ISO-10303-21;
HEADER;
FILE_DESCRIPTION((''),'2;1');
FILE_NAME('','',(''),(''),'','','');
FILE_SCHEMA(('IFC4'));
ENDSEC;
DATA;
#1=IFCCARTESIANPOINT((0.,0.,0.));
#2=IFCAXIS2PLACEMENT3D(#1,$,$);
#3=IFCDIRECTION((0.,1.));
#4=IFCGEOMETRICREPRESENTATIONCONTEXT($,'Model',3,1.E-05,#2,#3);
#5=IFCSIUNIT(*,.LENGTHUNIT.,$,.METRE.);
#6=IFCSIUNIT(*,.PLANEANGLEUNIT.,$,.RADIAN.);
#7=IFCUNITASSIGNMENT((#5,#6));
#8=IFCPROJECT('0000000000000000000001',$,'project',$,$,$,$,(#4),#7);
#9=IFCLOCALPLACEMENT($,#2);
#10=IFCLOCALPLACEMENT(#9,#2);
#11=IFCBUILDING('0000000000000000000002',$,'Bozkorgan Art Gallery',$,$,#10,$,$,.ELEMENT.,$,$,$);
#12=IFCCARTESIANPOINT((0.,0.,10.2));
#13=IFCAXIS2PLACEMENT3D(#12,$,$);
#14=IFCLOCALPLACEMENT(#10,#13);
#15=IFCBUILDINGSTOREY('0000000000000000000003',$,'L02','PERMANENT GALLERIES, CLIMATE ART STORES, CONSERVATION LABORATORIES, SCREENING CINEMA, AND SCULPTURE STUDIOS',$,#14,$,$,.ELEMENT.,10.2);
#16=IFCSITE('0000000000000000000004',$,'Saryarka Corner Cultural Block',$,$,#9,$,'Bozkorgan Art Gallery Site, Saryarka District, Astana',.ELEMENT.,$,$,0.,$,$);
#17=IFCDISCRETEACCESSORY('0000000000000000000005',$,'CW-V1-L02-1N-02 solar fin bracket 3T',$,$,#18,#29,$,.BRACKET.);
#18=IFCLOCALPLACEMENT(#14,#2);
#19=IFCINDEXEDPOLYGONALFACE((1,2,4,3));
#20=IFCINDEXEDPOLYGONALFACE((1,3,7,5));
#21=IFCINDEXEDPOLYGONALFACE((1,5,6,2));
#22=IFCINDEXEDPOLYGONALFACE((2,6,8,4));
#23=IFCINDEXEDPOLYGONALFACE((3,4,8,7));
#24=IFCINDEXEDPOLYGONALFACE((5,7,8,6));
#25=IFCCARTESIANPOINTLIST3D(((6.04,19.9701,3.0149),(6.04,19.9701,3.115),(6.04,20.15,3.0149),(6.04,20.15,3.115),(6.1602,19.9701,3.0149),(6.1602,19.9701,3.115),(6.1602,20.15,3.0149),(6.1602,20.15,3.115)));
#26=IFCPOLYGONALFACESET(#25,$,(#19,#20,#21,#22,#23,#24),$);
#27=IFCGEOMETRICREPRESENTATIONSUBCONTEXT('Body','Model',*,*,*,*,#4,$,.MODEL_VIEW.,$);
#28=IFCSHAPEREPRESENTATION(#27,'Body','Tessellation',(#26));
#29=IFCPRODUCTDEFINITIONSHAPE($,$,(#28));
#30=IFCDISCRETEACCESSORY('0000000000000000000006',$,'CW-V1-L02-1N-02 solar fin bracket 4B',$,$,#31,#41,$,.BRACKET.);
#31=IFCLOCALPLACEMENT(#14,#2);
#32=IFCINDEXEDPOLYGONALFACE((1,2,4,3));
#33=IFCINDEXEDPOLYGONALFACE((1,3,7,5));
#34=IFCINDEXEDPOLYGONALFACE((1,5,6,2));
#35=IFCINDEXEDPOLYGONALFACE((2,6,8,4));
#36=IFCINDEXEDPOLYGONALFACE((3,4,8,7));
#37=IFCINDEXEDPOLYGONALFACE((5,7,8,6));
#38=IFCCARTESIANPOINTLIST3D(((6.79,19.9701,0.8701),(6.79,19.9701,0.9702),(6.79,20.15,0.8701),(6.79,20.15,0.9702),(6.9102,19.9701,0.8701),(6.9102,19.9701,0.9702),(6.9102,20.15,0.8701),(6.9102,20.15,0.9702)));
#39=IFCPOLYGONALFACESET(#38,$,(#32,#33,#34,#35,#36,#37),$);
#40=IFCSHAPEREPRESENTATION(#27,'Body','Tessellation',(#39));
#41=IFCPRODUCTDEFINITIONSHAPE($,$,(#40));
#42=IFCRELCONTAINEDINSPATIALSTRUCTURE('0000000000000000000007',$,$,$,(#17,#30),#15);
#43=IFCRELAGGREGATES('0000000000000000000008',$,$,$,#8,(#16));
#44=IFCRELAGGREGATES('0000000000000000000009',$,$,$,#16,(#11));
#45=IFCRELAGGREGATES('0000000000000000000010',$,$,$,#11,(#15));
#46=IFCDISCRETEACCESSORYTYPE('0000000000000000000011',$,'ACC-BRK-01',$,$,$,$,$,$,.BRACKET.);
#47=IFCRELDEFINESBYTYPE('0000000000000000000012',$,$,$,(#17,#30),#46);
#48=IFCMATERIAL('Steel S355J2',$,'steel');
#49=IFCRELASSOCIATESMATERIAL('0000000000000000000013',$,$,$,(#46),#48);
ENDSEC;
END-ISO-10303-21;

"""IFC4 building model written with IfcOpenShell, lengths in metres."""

from ifc_helpers import new_model, si_unit, direction, frame, origin, origin_2d, place, context, subcontext, project, spatial, rectangle, extrude, material, type_object, element, save


model = new_model("IFC4")

# Units and contexts
model_context = context("Model", 3, precision=1e-05, world=origin(), true_north=direction((0.0, 1.0)))
body_context = subcontext(model_context, "Body", "Model", "MODEL_VIEW")
ifc_project = project(units=[si_unit("LENGTHUNIT", "METRE"), si_unit("PLANEANGLEUNIT", "RADIAN")], contexts=[model_context])

# Site, building, storey
site_placement = place(None, origin())
site = spatial("IfcSite", under=ifc_project, at=site_placement, Name="Saryarka Corner Cultural Block", LongName="Bozkorgan Art Gallery Site, Saryarka District, Astana", CompositionType="ELEMENT", RefElevation=0.0)
building_placement = place(site_placement, origin())
building = spatial("IfcBuilding", under=site, at=building_placement, Name="Bozkorgan Art Gallery", CompositionType="ELEMENT")
storey_placement = place(building_placement, frame((0.0, 0.0, 10.2)))
storey = spatial("IfcBuildingStorey", under=building, at=storey_placement, Name="L02", Description="PERMANENT GALLERIES, CLIMATE ART STORES, CONSERVATION LABORATORIES, SCREENING CINEMA, AND SCULPTURE STUDIOS", CompositionType="ELEMENT", Elevation=10.2)

# Shared definitions
ifc_material_1 = material(Name="Steel S355J2", Category="steel")

# Discrete accessories
discrete_accessory_type = type_object("IfcDiscreteAccessoryType", Name="ACC-BRK-01", PredefinedType="BRACKET", material=ifc_material_1)
for number, where, z_axis, x_axis, name in (
    (1, (6.1001, 20.0601, 3.0149), (0.0, 0.0, 1.0), (0.0, 1.0, 0.0), "CW-V1-L02-1N-02 solar fin bracket 3T"),
    (2, (6.8501, 20.0601, 0.8701), (0.0, 0.0, 1.0), (0.0, 1.0, 0.0), "CW-V1-L02-1N-02 solar fin bracket 4B"),
):
    element("IfcDiscreteAccessory", number, at=place(storey_placement, frame(where, z_axis=z_axis, x_axis=x_axis)), inside=storey, type_object=discrete_accessory_type, Name=name, PredefinedType="BRACKET", context=body_context, shape_type="SweptSolid", body=[
        extrude(rectangle(XDim=0.1799, YDim=0.1201, at=origin_2d()), origin(), (0.0, 0.0, 1.0), 0.1001),
    ])

save(model, "model.ifc")
